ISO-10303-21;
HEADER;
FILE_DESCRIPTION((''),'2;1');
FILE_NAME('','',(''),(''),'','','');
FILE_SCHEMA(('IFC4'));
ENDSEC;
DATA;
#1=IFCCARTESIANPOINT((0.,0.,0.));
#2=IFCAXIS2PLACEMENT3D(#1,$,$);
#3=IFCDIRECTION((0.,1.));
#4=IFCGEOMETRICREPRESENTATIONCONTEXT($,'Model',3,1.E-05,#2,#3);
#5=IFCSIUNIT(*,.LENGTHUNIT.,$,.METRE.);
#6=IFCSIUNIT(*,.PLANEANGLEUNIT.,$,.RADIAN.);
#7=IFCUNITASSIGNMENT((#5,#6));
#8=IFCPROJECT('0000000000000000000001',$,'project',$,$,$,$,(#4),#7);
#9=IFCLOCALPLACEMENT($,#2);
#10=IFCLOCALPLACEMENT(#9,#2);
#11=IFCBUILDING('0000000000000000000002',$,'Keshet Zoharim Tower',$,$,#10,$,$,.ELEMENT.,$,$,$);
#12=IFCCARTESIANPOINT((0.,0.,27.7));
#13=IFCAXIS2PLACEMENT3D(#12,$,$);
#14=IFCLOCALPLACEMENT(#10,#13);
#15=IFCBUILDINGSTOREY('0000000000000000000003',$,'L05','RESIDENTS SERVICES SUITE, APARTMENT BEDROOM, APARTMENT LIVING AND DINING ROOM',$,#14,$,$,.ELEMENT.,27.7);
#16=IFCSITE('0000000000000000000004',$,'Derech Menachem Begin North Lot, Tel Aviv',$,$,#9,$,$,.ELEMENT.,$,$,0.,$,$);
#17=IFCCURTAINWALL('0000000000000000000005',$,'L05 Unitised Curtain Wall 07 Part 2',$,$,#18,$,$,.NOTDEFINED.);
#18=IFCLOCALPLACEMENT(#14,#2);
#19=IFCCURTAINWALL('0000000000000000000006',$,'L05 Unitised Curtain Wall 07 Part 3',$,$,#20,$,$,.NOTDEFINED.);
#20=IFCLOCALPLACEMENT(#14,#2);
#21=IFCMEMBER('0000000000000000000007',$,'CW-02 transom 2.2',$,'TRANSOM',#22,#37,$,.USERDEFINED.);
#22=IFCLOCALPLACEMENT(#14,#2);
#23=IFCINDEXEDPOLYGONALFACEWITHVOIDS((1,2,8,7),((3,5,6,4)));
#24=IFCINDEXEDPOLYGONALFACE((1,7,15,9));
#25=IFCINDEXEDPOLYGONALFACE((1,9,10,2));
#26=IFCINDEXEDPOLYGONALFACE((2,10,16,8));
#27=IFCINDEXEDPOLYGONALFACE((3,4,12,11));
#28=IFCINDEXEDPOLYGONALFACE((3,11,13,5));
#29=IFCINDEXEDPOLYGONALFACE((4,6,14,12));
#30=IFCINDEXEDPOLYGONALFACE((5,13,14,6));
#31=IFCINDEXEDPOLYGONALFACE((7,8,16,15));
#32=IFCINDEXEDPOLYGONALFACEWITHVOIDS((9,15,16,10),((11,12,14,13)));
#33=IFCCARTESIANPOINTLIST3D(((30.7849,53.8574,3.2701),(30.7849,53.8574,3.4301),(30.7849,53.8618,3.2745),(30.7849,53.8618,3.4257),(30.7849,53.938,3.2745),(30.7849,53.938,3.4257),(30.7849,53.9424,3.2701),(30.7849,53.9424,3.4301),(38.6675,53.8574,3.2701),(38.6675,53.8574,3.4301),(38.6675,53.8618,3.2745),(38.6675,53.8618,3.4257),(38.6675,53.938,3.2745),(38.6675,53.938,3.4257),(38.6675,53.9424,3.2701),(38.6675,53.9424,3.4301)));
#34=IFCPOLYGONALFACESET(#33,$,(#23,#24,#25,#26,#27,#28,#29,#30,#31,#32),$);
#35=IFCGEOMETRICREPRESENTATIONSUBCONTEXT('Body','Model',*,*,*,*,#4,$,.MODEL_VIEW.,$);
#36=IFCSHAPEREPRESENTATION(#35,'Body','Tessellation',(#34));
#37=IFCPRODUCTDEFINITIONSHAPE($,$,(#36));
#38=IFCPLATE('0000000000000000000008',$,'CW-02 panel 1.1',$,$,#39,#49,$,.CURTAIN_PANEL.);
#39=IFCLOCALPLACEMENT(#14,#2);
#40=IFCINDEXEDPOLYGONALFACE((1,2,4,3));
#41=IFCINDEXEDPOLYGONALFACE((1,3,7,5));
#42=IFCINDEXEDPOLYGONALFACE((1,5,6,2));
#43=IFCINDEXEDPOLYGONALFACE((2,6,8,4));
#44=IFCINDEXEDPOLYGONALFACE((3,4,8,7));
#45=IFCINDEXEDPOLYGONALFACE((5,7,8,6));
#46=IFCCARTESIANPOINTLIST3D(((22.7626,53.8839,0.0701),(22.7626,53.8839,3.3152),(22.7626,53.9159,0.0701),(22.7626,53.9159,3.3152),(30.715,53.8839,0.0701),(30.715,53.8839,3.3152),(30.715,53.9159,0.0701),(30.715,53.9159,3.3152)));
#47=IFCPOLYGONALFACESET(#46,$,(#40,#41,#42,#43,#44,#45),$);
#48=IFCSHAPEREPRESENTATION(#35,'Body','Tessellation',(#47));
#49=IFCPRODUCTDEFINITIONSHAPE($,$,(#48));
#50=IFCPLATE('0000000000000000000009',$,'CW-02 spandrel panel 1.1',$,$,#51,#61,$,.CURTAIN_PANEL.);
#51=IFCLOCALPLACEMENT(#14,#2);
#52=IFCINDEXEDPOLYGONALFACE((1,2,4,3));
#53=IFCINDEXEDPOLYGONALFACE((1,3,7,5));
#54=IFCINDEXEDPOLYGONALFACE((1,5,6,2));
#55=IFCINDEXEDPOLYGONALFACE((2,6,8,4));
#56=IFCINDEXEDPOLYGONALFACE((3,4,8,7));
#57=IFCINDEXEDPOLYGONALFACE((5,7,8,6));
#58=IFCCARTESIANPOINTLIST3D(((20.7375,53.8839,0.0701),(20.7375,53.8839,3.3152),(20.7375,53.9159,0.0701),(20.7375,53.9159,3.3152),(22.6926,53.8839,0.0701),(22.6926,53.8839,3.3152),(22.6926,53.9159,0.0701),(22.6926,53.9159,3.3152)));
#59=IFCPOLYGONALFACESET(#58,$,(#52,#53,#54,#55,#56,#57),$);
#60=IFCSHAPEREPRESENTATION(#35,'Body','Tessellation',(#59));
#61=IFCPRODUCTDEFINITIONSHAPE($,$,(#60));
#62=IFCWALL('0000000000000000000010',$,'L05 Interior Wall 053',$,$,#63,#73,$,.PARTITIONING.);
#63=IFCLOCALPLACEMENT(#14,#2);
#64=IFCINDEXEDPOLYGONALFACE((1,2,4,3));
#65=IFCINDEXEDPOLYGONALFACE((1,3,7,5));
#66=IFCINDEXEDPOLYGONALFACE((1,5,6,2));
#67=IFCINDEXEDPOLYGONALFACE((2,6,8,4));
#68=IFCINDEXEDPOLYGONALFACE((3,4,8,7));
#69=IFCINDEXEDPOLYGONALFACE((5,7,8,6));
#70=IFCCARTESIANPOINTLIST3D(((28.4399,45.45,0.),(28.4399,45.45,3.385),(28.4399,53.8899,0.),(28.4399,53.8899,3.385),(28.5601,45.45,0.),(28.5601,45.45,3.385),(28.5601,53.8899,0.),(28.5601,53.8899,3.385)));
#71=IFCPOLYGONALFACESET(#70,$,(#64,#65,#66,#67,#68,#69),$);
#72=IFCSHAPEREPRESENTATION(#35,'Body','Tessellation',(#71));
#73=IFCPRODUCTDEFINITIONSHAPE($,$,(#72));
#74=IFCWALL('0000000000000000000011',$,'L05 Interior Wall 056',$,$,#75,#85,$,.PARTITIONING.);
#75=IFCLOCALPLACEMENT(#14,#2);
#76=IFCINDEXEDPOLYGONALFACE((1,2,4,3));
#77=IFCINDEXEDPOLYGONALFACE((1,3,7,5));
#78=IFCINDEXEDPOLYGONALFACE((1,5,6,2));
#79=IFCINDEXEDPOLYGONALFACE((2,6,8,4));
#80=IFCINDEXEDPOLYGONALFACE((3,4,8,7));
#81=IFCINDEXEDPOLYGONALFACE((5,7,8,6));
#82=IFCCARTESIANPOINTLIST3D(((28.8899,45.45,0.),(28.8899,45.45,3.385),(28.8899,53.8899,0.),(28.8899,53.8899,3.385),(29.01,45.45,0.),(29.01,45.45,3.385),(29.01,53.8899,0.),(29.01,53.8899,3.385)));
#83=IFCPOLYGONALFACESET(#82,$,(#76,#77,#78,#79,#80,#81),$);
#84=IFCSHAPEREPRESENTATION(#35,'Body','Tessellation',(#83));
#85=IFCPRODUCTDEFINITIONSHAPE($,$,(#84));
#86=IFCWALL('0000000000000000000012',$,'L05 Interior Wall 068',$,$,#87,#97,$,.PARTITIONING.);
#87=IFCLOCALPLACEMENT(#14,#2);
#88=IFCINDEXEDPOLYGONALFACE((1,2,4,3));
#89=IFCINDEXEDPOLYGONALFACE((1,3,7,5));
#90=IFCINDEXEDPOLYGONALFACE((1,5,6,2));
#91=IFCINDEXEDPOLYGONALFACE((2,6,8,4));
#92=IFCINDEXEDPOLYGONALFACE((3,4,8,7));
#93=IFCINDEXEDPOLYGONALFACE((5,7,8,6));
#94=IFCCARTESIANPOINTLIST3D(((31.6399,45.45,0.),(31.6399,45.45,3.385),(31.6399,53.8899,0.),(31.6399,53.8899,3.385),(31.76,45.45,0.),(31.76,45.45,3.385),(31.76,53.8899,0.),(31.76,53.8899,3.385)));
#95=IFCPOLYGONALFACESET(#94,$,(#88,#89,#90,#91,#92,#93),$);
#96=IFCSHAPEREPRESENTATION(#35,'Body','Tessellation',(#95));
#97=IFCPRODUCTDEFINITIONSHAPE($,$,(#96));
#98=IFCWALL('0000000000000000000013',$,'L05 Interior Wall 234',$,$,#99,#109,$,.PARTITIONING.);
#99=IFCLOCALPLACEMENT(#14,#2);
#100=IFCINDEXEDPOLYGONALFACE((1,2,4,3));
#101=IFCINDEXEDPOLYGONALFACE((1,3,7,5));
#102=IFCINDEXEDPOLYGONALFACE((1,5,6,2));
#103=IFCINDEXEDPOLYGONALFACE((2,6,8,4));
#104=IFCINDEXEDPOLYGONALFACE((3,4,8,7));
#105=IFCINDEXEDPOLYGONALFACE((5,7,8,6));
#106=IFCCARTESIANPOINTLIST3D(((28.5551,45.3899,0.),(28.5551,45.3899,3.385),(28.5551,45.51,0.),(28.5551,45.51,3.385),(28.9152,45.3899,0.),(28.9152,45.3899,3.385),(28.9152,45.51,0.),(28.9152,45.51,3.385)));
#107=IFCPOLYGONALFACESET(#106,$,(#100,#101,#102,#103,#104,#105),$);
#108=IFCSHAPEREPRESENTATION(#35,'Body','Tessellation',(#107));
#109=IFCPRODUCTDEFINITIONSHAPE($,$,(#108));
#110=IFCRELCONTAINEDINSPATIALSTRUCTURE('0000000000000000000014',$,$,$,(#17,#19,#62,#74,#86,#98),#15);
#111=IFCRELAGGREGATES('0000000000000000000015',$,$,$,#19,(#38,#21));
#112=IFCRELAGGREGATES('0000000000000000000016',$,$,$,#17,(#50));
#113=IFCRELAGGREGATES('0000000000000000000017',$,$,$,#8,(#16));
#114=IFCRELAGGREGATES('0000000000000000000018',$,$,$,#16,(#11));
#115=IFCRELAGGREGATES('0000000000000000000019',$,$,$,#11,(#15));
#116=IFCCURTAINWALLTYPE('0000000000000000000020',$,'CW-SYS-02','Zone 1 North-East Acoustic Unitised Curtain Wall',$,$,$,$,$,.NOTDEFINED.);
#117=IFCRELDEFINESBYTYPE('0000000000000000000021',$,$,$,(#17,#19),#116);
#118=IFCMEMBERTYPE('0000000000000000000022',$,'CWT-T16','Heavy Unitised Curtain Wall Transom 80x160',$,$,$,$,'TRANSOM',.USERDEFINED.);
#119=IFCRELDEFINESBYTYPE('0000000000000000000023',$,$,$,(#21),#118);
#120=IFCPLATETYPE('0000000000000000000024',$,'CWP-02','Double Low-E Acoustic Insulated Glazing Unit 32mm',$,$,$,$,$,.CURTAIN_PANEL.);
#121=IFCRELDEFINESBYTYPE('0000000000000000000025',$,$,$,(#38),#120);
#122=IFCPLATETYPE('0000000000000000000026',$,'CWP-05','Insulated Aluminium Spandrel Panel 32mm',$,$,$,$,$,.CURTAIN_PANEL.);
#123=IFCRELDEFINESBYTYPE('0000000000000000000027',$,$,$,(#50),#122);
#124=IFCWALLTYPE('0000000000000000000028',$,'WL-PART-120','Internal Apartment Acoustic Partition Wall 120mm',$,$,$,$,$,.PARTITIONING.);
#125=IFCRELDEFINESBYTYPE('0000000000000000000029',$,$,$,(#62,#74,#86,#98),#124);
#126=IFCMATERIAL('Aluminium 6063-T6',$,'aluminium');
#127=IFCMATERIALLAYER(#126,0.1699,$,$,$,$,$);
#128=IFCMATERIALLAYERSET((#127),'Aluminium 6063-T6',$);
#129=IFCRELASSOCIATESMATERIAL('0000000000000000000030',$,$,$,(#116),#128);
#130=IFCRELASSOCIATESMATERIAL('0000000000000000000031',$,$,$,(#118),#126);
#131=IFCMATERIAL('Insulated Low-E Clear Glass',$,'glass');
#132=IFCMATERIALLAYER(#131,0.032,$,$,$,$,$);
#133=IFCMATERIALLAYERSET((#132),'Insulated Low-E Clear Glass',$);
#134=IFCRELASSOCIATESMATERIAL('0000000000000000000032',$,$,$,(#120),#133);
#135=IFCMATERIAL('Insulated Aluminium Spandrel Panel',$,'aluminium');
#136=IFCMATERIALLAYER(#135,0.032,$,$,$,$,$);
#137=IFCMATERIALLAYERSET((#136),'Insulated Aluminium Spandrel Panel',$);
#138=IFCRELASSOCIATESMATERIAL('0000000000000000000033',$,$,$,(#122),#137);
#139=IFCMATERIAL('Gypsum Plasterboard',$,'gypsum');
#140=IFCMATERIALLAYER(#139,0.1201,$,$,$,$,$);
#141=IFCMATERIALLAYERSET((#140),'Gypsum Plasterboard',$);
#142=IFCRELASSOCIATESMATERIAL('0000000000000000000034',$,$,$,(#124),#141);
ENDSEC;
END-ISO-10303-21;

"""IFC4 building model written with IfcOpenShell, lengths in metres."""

from ifc_helpers import new_model, si_unit, direction, frame, frame_2d, origin, origin_2d, place, context, subcontext, project, spatial, rectangle, hollow_rectangle, extrude, material, layer, layer_set, material_profile, profile_set, type_object, element, aggregate, save


model = new_model("IFC4")

# Units and contexts
model_context = context("Model", 3, precision=1e-05, world=origin(), true_north=direction((0.0, 1.0)))
body_context = subcontext(model_context, "Body", "Model", "MODEL_VIEW")
ifc_project = project(units=[si_unit("LENGTHUNIT", "METRE"), si_unit("PLANEANGLEUNIT", "RADIAN")], contexts=[model_context])

# Site, building, storey
site_placement = place(None, origin())
site = spatial("IfcSite", under=ifc_project, at=site_placement, Name="Derech Menachem Begin North Lot, Tel Aviv", CompositionType="ELEMENT", RefElevation=0.0)
building_placement = place(site_placement, origin())
building = spatial("IfcBuilding", under=site, at=building_placement, Name="Keshet Zoharim Tower", CompositionType="ELEMENT")
storey_placement = place(building_placement, frame((0.0, 0.0, 27.7)))
storey = spatial("IfcBuildingStorey", under=building, at=storey_placement, Name="L05", Description="RESIDENTS SERVICES SUITE, APARTMENT BEDROOM, APARTMENT LIVING AND DINING ROOM", CompositionType="ELEMENT", Elevation=27.7)

# Curtain wall
ifc_material_1 = material(Name="Aluminium 6063-T6", Category="aluminium")
ifc_layer_1 = layer(ifc_material_1, 0.1699)
ifc_layer_set_1 = layer_set([ifc_layer_1], Name="Aluminium 6063-T6")
curtain_wall_type = type_object("IfcCurtainWallType", Name="CW-SYS-02", Description="Zone 1 North-East Acoustic Unitised Curtain Wall", PredefinedType="NOTDEFINED", material=ifc_layer_set_1)
curtain_wall_1_placement = place(storey_placement, origin())
curtain_wall_1 = element("IfcCurtainWall", 1, at=curtain_wall_1_placement, inside=storey, type_object=curtain_wall_type, Name="L05 Unitised Curtain Wall 07 Part 2", PredefinedType="NOTDEFINED")

# Curtain wall, member, plate
curtain_wall_2_placement = place(storey_placement, origin())
curtain_wall_2 = element("IfcCurtainWall", 2, at=curtain_wall_2_placement, inside=storey, type_object=curtain_wall_type, Name="L05 Unitised Curtain Wall 07 Part 3", PredefinedType="NOTDEFINED")
ifc_material_profile_1 = material_profile(ifc_material_1, hollow_rectangle(XDim=0.085, YDim=0.1599, WallThickness=0.0044, at=origin_2d()), Name="TRN-85x160")
ifc_profile_set_1 = profile_set([ifc_material_profile_1], Name="Aluminium 6063-T6")
member_type_1 = type_object("IfcMemberType", Name="CWT-T16", Description="Heavy Unitised Curtain Wall Transom 80x160", ElementType="TRANSOM", PredefinedType="USERDEFINED", material=ifc_profile_set_1)
member_1_placement = place(storey_placement, frame((30.7849, 53.8999, 3.3501), z_axis=(1.0, 0.0, 0.0), x_axis=(0.0, 1.0, 0.0)))
member_1 = element("IfcMember", 3, at=member_1_placement, type_object=member_type_1, Name="CW-02 transom 2.2", ObjectType="TRANSOM", PredefinedType="USERDEFINED", context=body_context, shape_type="SweptSolid", body=[
    extrude(hollow_rectangle(XDim=0.085, YDim=0.1599, WallThickness=0.0044, at=origin_2d()), origin(), (0.0, 0.0, 1.0), 7.8826),
])
ifc_material_2 = material(Name="Insulated Low-E Clear Glass", Category="glass")
ifc_layer_2 = layer(ifc_material_2, 0.032)
ifc_layer_set_2 = layer_set([ifc_layer_2], Name="Insulated Low-E Clear Glass")
plate_type_1 = type_object("IfcPlateType", Name="CWP-02", Description="Double Low-E Acoustic Insulated Glazing Unit 32mm", PredefinedType="CURTAIN_PANEL", material=ifc_layer_set_2)
plate_1_placement = place(storey_placement, frame((26.7388, 53.8999, 0.0701), z_axis=(0.0, 0.0, 1.0), x_axis=(1.0, 0.0, 0.0)))
plate_1 = element("IfcPlate", 4, at=plate_1_placement, type_object=plate_type_1, Name="CW-02 panel 1.1", PredefinedType="CURTAIN_PANEL", context=body_context, shape_type="SweptSolid", body=[
    extrude(rectangle(XDim=7.9524, YDim=0.032, at=origin_2d()), origin(), (0.0, 0.0, 1.0), 3.2451),
])
aggregate(curtain_wall_2, [plate_1, member_1])

# Plate
ifc_material_3 = material(Name="Insulated Aluminium Spandrel Panel", Category="aluminium")
ifc_layer_3 = layer(ifc_material_3, 0.032)
ifc_layer_set_3 = layer_set([ifc_layer_3], Name="Insulated Aluminium Spandrel Panel")
plate_type_2 = type_object("IfcPlateType", Name="CWP-05", Description="Insulated Aluminium Spandrel Panel 32mm", PredefinedType="CURTAIN_PANEL", material=ifc_layer_set_3)
plate_2_placement = place(storey_placement, frame((21.7151, 53.8999, 0.0701), z_axis=(0.0, 0.0, 1.0), x_axis=(1.0, 0.0, 0.0)))
plate_2 = element("IfcPlate", 5, at=plate_2_placement, type_object=plate_type_2, Name="CW-02 spandrel panel 1.1", PredefinedType="CURTAIN_PANEL", context=body_context, shape_type="SweptSolid", body=[
    extrude(rectangle(XDim=1.9551, YDim=0.032, at=origin_2d()), origin(), (0.0, 0.0, 1.0), 3.2451),
])
aggregate(curtain_wall_1, [plate_2])

# Walls
ifc_material_4 = material(Name="Gypsum Plasterboard", Category="gypsum")
ifc_layer_4 = layer(ifc_material_4, 0.1201)
ifc_layer_set_4 = layer_set([ifc_layer_4], Name="Gypsum Plasterboard")
wall_type = type_object("IfcWallType", Name="WL-PART-120", Description="Internal Apartment Acoustic Partition Wall 120mm", PredefinedType="PARTITIONING", material=ifc_layer_set_4)
for number, where, z_axis, x_axis, name in (
    (6, (28.5, 45.45, 0.0), (0.0, 0.0, 1.0), (0.0, 1.0, 0.0), "L05 Interior Wall 053"),
    (7, (28.95, 45.45, 0.0), (0.0, 0.0, 1.0), (0.0, 1.0, 0.0), "L05 Interior Wall 056"),
    (8, (31.7, 45.45, 0.0), (0.0, 0.0, 1.0), (0.0, 1.0, 0.0), "L05 Interior Wall 068"),
):
    element("IfcWall", number, at=place(storey_placement, frame(where, z_axis=z_axis, x_axis=x_axis)), inside=storey, type_object=wall_type, Name=name, PredefinedType="PARTITIONING", context=body_context, shape_type="SweptSolid", body=[
        extrude(rectangle(XDim=8.4399, YDim=0.1201, at=frame_2d((4.22, 0.0))), origin(), (0.0, 0.0, 1.0), 3.385),
    ])
wall_1_placement = place(storey_placement, frame((28.5549, 45.45, 0.0), z_axis=(0.0, 0.0, 1.0), x_axis=(1.0, 0.0, 0.0)))
element("IfcWall", 9, at=wall_1_placement, inside=storey, type_object=wall_type, Name="L05 Interior Wall 234", PredefinedType="PARTITIONING", context=body_context, shape_type="SweptSolid", body=[
    extrude(rectangle(XDim=0.3601, YDim=0.1201, at=frame_2d((0.1802, 0.0))), origin(), (0.0, 0.0, 1.0), 3.385),
])

save(model, "model.ifc")
